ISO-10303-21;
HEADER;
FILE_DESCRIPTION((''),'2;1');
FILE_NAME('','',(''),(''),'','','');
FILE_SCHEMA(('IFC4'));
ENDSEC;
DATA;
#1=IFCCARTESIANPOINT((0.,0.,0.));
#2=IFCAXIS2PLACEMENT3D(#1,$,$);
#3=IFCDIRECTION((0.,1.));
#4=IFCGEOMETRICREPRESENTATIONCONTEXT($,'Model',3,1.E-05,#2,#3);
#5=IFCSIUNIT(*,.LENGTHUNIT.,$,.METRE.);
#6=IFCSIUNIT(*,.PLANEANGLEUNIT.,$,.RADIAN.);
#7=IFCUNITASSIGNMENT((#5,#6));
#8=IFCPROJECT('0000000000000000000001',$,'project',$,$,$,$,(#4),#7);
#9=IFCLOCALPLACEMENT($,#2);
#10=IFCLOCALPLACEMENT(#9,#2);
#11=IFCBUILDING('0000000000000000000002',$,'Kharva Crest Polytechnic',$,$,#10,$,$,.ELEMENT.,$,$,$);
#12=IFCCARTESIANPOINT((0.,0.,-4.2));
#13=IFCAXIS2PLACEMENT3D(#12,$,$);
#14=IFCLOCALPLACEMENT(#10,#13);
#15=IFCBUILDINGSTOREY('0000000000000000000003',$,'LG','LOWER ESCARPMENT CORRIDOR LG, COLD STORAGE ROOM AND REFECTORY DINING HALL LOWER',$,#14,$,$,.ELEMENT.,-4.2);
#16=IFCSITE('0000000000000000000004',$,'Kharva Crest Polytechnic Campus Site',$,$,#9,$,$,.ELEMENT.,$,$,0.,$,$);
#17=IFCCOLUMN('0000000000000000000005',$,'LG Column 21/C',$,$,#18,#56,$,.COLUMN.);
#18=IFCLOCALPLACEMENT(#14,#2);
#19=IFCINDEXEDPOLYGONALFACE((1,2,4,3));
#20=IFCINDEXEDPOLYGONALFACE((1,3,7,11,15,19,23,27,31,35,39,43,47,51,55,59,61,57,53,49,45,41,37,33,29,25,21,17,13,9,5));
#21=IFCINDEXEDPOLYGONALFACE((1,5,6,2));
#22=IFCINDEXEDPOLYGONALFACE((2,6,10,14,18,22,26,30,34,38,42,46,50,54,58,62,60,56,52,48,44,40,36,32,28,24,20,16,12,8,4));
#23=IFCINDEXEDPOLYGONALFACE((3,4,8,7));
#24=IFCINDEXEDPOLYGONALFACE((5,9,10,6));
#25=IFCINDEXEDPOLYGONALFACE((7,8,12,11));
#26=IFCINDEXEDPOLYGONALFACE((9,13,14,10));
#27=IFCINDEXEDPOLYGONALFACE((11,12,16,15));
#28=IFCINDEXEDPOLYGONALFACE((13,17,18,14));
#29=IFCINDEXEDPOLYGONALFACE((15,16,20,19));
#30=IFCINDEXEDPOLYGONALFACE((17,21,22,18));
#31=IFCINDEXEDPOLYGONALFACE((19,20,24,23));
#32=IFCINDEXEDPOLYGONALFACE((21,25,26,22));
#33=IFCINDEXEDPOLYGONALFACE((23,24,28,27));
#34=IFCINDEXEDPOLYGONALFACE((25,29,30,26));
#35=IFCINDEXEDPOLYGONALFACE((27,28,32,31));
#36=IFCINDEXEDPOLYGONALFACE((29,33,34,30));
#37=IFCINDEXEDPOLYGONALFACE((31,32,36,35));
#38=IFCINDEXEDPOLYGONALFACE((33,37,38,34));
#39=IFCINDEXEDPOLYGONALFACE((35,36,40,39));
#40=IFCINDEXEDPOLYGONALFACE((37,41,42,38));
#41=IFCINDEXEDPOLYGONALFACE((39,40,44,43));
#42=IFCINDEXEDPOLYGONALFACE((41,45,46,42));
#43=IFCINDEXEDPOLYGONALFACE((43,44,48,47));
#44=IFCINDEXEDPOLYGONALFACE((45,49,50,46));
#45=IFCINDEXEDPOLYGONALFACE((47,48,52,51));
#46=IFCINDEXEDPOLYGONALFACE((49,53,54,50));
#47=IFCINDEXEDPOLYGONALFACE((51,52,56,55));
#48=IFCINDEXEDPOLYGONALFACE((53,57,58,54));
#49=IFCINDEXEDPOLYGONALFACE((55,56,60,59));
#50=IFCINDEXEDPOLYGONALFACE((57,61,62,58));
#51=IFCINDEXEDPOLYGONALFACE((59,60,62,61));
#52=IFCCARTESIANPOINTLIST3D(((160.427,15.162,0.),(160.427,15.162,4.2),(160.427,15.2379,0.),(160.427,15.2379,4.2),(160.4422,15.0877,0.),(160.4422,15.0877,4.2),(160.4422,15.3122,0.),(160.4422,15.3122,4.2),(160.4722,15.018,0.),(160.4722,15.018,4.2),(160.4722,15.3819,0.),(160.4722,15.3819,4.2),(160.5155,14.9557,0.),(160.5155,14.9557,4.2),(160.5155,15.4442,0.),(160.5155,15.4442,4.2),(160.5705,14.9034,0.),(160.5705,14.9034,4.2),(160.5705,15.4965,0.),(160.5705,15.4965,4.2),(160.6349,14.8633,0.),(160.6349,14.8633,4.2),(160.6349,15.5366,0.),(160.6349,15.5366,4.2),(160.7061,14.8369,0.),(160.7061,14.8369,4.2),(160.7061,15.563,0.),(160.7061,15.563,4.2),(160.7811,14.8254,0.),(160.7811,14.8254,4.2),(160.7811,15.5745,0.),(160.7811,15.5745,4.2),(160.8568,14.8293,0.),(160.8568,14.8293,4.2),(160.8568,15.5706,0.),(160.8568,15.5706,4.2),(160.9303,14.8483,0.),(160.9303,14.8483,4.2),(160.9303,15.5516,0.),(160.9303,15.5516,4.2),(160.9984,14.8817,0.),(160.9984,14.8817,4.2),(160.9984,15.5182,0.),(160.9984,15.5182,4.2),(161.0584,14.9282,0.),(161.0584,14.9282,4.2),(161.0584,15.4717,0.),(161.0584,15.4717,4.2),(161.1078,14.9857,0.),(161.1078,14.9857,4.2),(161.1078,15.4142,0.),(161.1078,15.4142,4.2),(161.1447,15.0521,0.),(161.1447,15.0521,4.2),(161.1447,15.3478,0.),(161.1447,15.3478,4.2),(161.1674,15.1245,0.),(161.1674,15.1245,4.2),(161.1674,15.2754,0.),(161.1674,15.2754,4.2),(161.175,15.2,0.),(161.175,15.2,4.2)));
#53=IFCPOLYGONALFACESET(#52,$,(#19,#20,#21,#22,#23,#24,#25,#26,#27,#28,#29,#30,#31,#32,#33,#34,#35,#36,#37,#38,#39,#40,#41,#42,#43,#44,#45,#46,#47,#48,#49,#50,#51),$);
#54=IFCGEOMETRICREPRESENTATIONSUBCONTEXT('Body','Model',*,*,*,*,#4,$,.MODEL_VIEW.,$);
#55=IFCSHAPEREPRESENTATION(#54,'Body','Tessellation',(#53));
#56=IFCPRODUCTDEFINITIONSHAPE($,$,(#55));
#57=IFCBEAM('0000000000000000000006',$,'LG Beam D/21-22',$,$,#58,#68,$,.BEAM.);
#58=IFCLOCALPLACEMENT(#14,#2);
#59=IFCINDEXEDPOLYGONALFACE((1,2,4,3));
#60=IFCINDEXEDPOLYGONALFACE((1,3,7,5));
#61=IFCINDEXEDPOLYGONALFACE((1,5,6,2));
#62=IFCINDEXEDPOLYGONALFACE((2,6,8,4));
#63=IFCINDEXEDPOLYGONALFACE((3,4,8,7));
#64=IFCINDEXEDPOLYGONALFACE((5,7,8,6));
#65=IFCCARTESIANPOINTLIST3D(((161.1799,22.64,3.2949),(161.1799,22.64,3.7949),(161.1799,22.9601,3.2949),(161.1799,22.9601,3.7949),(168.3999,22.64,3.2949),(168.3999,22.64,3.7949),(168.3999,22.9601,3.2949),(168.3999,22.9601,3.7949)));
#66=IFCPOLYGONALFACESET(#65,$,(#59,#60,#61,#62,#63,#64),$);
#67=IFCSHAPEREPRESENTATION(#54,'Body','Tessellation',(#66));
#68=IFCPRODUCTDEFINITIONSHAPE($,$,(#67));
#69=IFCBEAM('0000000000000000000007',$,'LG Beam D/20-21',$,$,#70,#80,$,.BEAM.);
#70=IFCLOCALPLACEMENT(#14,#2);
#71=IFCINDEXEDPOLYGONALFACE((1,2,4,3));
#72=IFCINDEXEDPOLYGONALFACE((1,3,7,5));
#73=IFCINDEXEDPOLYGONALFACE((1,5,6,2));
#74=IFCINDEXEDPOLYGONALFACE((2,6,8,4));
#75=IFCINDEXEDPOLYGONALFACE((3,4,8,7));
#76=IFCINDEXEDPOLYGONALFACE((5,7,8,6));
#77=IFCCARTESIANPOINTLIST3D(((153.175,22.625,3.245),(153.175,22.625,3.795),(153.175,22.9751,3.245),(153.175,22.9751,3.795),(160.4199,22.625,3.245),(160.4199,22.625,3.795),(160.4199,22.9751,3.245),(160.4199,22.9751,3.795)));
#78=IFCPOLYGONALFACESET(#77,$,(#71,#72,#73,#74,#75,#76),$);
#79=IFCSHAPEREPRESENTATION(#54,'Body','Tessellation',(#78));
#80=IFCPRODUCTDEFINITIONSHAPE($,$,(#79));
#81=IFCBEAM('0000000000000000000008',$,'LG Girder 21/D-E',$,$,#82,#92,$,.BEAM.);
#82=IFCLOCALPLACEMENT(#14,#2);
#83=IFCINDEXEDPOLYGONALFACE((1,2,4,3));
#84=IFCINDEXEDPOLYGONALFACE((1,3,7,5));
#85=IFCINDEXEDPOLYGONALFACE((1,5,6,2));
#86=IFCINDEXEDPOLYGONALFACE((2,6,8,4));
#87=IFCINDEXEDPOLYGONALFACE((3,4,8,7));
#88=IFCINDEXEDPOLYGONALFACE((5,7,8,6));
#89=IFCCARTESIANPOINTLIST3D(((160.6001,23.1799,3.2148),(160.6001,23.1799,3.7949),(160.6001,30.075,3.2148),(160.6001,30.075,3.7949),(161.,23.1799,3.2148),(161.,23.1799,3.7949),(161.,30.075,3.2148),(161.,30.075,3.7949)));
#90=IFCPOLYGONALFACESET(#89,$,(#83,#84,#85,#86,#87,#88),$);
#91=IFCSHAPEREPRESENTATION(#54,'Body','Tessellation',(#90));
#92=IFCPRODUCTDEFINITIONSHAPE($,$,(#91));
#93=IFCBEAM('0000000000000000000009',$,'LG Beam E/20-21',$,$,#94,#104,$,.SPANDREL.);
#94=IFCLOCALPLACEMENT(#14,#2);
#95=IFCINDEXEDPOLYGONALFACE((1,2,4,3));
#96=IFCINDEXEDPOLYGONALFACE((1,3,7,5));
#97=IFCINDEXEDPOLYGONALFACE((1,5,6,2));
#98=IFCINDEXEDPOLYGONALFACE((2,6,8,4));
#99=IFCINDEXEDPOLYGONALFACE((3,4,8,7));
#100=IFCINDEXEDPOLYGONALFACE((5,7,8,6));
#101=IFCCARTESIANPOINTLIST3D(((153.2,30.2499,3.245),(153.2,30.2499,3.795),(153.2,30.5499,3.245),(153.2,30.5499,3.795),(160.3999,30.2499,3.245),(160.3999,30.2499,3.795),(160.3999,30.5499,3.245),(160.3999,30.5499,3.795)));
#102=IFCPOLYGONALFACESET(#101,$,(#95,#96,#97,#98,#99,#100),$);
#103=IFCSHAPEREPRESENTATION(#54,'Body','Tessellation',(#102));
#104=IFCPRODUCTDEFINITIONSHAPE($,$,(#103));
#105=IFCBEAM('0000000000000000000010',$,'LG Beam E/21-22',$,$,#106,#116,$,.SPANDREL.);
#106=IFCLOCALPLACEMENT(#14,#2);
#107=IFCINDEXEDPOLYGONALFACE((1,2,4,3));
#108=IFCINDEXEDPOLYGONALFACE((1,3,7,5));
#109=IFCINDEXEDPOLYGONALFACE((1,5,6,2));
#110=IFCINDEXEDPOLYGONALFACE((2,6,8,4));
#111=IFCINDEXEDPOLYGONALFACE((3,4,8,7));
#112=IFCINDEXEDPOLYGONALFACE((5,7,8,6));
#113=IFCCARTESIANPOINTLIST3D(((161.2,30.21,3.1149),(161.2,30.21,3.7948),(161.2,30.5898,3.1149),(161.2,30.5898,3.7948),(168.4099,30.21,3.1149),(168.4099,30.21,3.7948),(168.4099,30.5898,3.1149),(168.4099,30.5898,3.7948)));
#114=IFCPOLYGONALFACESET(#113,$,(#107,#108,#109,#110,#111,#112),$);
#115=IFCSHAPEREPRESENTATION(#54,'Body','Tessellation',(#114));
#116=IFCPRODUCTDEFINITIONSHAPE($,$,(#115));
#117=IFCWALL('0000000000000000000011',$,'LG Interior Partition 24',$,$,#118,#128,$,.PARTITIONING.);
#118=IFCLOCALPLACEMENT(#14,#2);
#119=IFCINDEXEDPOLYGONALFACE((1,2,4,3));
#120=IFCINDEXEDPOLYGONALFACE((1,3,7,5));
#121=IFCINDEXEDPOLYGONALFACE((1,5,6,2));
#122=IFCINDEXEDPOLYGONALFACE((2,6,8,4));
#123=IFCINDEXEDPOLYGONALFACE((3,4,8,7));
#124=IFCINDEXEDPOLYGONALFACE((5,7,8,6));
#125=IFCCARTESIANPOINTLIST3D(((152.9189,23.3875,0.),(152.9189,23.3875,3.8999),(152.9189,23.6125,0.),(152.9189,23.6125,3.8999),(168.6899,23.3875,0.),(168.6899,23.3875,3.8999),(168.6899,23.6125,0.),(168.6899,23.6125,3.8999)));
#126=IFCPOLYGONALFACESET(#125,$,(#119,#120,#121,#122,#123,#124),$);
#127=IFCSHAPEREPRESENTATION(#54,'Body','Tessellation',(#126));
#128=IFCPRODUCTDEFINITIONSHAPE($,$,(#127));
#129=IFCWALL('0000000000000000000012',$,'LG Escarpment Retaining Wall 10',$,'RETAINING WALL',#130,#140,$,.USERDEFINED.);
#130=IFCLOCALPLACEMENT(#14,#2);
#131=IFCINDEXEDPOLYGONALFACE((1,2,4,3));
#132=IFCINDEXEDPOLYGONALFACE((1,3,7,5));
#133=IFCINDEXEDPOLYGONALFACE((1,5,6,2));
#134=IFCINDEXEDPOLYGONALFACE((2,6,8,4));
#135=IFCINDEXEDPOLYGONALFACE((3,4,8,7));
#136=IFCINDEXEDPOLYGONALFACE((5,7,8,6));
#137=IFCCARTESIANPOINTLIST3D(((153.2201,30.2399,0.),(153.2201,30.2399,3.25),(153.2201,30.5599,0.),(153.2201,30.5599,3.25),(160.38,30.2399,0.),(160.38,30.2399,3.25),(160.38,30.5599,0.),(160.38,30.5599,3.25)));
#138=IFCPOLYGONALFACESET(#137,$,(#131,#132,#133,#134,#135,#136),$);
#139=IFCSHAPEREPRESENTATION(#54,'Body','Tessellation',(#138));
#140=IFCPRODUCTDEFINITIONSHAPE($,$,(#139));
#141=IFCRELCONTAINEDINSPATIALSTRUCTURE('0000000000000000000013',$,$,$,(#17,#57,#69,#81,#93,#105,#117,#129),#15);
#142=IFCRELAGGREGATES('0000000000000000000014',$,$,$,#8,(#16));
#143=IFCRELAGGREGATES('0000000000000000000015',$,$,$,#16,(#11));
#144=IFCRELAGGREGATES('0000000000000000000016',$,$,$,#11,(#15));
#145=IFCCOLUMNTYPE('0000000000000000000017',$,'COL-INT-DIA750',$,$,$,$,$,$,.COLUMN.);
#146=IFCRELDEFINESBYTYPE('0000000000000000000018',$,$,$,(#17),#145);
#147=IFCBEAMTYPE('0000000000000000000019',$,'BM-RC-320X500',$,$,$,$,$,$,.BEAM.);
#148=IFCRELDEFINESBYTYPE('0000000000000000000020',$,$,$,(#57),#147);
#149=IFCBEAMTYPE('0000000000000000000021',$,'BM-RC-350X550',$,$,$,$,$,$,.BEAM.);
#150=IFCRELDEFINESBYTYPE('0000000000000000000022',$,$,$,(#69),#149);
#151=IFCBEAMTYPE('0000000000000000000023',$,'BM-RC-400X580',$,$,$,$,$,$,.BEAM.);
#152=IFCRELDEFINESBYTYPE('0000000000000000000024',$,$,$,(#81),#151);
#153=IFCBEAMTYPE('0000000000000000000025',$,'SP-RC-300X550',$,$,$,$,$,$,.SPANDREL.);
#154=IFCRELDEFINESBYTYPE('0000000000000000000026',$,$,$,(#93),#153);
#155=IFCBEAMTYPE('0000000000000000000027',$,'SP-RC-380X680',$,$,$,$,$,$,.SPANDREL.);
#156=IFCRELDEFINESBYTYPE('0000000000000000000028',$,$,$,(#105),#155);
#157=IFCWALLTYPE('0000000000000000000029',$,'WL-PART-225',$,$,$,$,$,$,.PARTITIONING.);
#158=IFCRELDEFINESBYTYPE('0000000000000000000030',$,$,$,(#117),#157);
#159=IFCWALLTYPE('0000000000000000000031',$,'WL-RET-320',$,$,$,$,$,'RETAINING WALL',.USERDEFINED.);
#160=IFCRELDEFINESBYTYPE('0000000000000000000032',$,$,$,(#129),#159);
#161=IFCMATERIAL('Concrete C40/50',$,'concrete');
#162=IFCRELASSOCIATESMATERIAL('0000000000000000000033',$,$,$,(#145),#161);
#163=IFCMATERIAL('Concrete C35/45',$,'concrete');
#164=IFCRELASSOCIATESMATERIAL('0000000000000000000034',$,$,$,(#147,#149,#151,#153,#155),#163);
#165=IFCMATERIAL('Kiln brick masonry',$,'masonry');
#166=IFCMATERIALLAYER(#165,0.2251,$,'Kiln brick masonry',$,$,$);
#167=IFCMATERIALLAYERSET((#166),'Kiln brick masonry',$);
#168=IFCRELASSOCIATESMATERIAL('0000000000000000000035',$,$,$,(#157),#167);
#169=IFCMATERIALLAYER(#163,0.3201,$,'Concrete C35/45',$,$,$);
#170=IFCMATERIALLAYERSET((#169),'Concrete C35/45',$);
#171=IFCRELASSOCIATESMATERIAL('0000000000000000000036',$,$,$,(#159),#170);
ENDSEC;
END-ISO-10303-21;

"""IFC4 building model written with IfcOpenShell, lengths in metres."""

from ifc_helpers import new_model, si_unit, direction, frame, frame_2d, origin, origin_2d, place, context, subcontext, project, spatial, rectangle, circle, extrude, material, layer, layer_set, material_profile, profile_set, type_object, element, save


model = new_model("IFC4")

# Units and contexts
model_context = context("Model", 3, precision=1e-05, world=origin(), true_north=direction((0.0, 1.0)))
body_context = subcontext(model_context, "Body", "Model", "MODEL_VIEW")
ifc_project = project(units=[si_unit("LENGTHUNIT", "METRE"), si_unit("PLANEANGLEUNIT", "RADIAN")], contexts=[model_context])

# Site, building, storey
site_placement = place(None, origin())
site = spatial("IfcSite", under=ifc_project, at=site_placement, Name="Kharva Crest Polytechnic Campus Site", CompositionType="ELEMENT", RefElevation=0.0)
building_placement = place(site_placement, origin())
building = spatial("IfcBuilding", under=site, at=building_placement, Name="Kharva Crest Polytechnic", CompositionType="ELEMENT")
storey_placement = place(building_placement, frame((0.0, 0.0, -4.2)))
storey = spatial("IfcBuildingStorey", under=building, at=storey_placement, Name="LG", Description="LOWER ESCARPMENT CORRIDOR LG, COLD STORAGE ROOM AND REFECTORY DINING HALL LOWER", CompositionType="ELEMENT", Elevation=-4.2)

# Shared definitions
ifc_material_1 = material(Name="Concrete C35/45", Category="concrete")

# Column
ifc_material_2 = material(Name="Concrete C40/50", Category="concrete")
ifc_material_profile_1 = material_profile(ifc_material_2, circle(Radius=0.375, at=origin_2d()), Name="DIA 750")
ifc_profile_set_1 = profile_set([ifc_material_profile_1], Name="Concrete C40/50")
column_type_1 = type_object("IfcColumnType", Name="COL-INT-DIA750", PredefinedType="COLUMN", material=ifc_profile_set_1)
column_1_placement = place(storey_placement, frame((160.8, 15.2, 0.0), z_axis=(0.0, 0.0, 1.0), x_axis=(1.0, 0.0, 0.0)))
element("IfcColumn", 1, at=column_1_placement, inside=storey, type_object=column_type_1, Name="LG Column 21/C", PredefinedType="COLUMN", context=body_context, shape_type="SweptSolid", body=[
    extrude(circle(Radius=0.375, at=origin_2d()), origin(), (0.0, 0.0, 1.0), 4.2),
])

# Beams
ifc_material_profile_2 = material_profile(ifc_material_1, rectangle(XDim=0.3201, YDim=0.5, at=origin_2d()), Name="RECT 320 X 500")
ifc_profile_set_2 = profile_set([ifc_material_profile_2], Name="Concrete C35/45")
beam_type_1 = type_object("IfcBeamType", Name="BM-RC-320X500", PredefinedType="BEAM", material=ifc_profile_set_2)
beam_1_placement = place(storey_placement, frame((161.1799, 22.8, 3.5449), z_axis=(1.0, 0.0, 0.0), x_axis=(0.0, 1.0, 0.0)))
element("IfcBeam", 2, at=beam_1_placement, inside=storey, type_object=beam_type_1, Name="LG Beam D/21-22", PredefinedType="BEAM", context=body_context, shape_type="SweptSolid", body=[
    extrude(rectangle(XDim=0.3201, YDim=0.5, at=origin_2d()), origin(), (0.0, 0.0, 1.0), 7.22),
])
ifc_material_profile_3 = material_profile(ifc_material_1, rectangle(XDim=0.3501, YDim=0.55, at=origin_2d()), Name="RECT 350 X 550")
ifc_profile_set_3 = profile_set([ifc_material_profile_3], Name="Concrete C35/45")
beam_type_2 = type_object("IfcBeamType", Name="BM-RC-350X550", PredefinedType="BEAM", material=ifc_profile_set_3)
beam_2_placement = place(storey_placement, frame((153.175, 22.8, 3.52), z_axis=(1.0, 0.0, 0.0), x_axis=(0.0, 1.0, 0.0)))
element("IfcBeam", 3, at=beam_2_placement, inside=storey, type_object=beam_type_2, Name="LG Beam D/20-21", PredefinedType="BEAM", context=body_context, shape_type="SweptSolid", body=[
    extrude(rectangle(XDim=0.3501, YDim=0.55, at=origin_2d()), origin(), (0.0, 0.0, 1.0), 7.2449),
])
ifc_material_profile_4 = material_profile(ifc_material_1, rectangle(XDim=0.3999, YDim=0.5801, at=origin_2d()), Name="RECT 400 X 580")
ifc_profile_set_4 = profile_set([ifc_material_profile_4], Name="Concrete C35/45")
beam_type_3 = type_object("IfcBeamType", Name="BM-RC-400X580", PredefinedType="BEAM", material=ifc_profile_set_4)
beam_3_placement = place(storey_placement, frame((160.8, 23.1799, 3.5049), z_axis=(0.0, 1.0, 0.0), x_axis=(-1.0, 0.0, 0.0)))
element("IfcBeam", 4, at=beam_3_placement, inside=storey, type_object=beam_type_3, Name="LG Girder 21/D-E", PredefinedType="BEAM", context=body_context, shape_type="SweptSolid", body=[
    extrude(rectangle(XDim=0.3999, YDim=0.5801, at=origin_2d()), origin(), (0.0, 0.0, 1.0), 6.895),
])
ifc_material_profile_5 = material_profile(ifc_material_1, rectangle(XDim=0.3, YDim=0.55, at=origin_2d()), Name="RECT 300 X 550")
ifc_profile_set_5 = profile_set([ifc_material_profile_5], Name="Concrete C35/45")
beam_type_4 = type_object("IfcBeamType", Name="SP-RC-300X550", PredefinedType="SPANDREL", material=ifc_profile_set_5)
beam_4_placement = place(storey_placement, frame((153.2, 30.3999, 3.52), z_axis=(1.0, 0.0, 0.0), x_axis=(0.0, 1.0, 0.0)))
element("IfcBeam", 5, at=beam_4_placement, inside=storey, type_object=beam_type_4, Name="LG Beam E/20-21", PredefinedType="SPANDREL", context=body_context, shape_type="SweptSolid", body=[
    extrude(rectangle(XDim=0.3, YDim=0.55, at=origin_2d()), origin(), (0.0, 0.0, 1.0), 7.2),
])
ifc_material_profile_6 = material_profile(ifc_material_1, rectangle(XDim=0.3799, YDim=0.6799, at=origin_2d()), Name="RECT 380 X 680")
ifc_profile_set_6 = profile_set([ifc_material_profile_6], Name="Concrete C35/45")
beam_type_5 = type_object("IfcBeamType", Name="SP-RC-380X680", PredefinedType="SPANDREL", material=ifc_profile_set_6)
beam_5_placement = place(storey_placement, frame((161.2, 30.3999, 3.4548), z_axis=(1.0, 0.0, 0.0), x_axis=(0.0, 1.0, 0.0)))
element("IfcBeam", 6, at=beam_5_placement, inside=storey, type_object=beam_type_5, Name="LG Beam E/21-22", PredefinedType="SPANDREL", context=body_context, shape_type="SweptSolid", body=[
    extrude(rectangle(XDim=0.3799, YDim=0.6799, at=origin_2d()), origin(), (0.0, 0.0, 1.0), 7.21),
])

# Walls
ifc_material_3 = material(Name="Kiln brick masonry", Category="masonry")
ifc_layer_1 = layer(ifc_material_3, 0.2251, Name="Kiln brick masonry")
ifc_layer_set_1 = layer_set([ifc_layer_1], Name="Kiln brick masonry")
wall_type_1 = type_object("IfcWallType", Name="WL-PART-225", PredefinedType="PARTITIONING", material=ifc_layer_set_1)
wall_1_placement = place(storey_placement, frame((152.9189, 23.5, 0.0), z_axis=(0.0, 0.0, 1.0), x_axis=(1.0, 0.0, 0.0)))
element("IfcWall", 7, at=wall_1_placement, inside=storey, type_object=wall_type_1, Name="LG Interior Partition 24", PredefinedType="PARTITIONING", context=body_context, shape_type="SweptSolid", body=[
    extrude(rectangle(XDim=15.771, YDim=0.2251, at=frame_2d((7.8855, 0.0))), origin(), (0.0, 0.0, 1.0), 3.8999),
])
ifc_layer_2 = layer(ifc_material_1, 0.3201, Name="Concrete C35/45")
ifc_layer_set_2 = layer_set([ifc_layer_2], Name="Concrete C35/45")
wall_type_2 = type_object("IfcWallType", Name="WL-RET-320", ElementType="RETAINING WALL", PredefinedType="USERDEFINED", material=ifc_layer_set_2)
wall_2_placement = place(storey_placement, frame((153.22, 30.3999, 0.0), z_axis=(0.0, 0.0, 1.0), x_axis=(1.0, 0.0, 0.0)))
element("IfcWall", 8, at=wall_2_placement, inside=storey, type_object=wall_type_2, Name="LG Escarpment Retaining Wall 10", ObjectType="RETAINING WALL", PredefinedType="USERDEFINED", context=body_context, shape_type="SweptSolid", body=[
    extrude(rectangle(XDim=7.1599, YDim=0.3201, at=frame_2d((3.5801, 0.0))), origin(), (0.0, 0.0, 1.0), 3.25),
])

save(model, "model.ifc")
